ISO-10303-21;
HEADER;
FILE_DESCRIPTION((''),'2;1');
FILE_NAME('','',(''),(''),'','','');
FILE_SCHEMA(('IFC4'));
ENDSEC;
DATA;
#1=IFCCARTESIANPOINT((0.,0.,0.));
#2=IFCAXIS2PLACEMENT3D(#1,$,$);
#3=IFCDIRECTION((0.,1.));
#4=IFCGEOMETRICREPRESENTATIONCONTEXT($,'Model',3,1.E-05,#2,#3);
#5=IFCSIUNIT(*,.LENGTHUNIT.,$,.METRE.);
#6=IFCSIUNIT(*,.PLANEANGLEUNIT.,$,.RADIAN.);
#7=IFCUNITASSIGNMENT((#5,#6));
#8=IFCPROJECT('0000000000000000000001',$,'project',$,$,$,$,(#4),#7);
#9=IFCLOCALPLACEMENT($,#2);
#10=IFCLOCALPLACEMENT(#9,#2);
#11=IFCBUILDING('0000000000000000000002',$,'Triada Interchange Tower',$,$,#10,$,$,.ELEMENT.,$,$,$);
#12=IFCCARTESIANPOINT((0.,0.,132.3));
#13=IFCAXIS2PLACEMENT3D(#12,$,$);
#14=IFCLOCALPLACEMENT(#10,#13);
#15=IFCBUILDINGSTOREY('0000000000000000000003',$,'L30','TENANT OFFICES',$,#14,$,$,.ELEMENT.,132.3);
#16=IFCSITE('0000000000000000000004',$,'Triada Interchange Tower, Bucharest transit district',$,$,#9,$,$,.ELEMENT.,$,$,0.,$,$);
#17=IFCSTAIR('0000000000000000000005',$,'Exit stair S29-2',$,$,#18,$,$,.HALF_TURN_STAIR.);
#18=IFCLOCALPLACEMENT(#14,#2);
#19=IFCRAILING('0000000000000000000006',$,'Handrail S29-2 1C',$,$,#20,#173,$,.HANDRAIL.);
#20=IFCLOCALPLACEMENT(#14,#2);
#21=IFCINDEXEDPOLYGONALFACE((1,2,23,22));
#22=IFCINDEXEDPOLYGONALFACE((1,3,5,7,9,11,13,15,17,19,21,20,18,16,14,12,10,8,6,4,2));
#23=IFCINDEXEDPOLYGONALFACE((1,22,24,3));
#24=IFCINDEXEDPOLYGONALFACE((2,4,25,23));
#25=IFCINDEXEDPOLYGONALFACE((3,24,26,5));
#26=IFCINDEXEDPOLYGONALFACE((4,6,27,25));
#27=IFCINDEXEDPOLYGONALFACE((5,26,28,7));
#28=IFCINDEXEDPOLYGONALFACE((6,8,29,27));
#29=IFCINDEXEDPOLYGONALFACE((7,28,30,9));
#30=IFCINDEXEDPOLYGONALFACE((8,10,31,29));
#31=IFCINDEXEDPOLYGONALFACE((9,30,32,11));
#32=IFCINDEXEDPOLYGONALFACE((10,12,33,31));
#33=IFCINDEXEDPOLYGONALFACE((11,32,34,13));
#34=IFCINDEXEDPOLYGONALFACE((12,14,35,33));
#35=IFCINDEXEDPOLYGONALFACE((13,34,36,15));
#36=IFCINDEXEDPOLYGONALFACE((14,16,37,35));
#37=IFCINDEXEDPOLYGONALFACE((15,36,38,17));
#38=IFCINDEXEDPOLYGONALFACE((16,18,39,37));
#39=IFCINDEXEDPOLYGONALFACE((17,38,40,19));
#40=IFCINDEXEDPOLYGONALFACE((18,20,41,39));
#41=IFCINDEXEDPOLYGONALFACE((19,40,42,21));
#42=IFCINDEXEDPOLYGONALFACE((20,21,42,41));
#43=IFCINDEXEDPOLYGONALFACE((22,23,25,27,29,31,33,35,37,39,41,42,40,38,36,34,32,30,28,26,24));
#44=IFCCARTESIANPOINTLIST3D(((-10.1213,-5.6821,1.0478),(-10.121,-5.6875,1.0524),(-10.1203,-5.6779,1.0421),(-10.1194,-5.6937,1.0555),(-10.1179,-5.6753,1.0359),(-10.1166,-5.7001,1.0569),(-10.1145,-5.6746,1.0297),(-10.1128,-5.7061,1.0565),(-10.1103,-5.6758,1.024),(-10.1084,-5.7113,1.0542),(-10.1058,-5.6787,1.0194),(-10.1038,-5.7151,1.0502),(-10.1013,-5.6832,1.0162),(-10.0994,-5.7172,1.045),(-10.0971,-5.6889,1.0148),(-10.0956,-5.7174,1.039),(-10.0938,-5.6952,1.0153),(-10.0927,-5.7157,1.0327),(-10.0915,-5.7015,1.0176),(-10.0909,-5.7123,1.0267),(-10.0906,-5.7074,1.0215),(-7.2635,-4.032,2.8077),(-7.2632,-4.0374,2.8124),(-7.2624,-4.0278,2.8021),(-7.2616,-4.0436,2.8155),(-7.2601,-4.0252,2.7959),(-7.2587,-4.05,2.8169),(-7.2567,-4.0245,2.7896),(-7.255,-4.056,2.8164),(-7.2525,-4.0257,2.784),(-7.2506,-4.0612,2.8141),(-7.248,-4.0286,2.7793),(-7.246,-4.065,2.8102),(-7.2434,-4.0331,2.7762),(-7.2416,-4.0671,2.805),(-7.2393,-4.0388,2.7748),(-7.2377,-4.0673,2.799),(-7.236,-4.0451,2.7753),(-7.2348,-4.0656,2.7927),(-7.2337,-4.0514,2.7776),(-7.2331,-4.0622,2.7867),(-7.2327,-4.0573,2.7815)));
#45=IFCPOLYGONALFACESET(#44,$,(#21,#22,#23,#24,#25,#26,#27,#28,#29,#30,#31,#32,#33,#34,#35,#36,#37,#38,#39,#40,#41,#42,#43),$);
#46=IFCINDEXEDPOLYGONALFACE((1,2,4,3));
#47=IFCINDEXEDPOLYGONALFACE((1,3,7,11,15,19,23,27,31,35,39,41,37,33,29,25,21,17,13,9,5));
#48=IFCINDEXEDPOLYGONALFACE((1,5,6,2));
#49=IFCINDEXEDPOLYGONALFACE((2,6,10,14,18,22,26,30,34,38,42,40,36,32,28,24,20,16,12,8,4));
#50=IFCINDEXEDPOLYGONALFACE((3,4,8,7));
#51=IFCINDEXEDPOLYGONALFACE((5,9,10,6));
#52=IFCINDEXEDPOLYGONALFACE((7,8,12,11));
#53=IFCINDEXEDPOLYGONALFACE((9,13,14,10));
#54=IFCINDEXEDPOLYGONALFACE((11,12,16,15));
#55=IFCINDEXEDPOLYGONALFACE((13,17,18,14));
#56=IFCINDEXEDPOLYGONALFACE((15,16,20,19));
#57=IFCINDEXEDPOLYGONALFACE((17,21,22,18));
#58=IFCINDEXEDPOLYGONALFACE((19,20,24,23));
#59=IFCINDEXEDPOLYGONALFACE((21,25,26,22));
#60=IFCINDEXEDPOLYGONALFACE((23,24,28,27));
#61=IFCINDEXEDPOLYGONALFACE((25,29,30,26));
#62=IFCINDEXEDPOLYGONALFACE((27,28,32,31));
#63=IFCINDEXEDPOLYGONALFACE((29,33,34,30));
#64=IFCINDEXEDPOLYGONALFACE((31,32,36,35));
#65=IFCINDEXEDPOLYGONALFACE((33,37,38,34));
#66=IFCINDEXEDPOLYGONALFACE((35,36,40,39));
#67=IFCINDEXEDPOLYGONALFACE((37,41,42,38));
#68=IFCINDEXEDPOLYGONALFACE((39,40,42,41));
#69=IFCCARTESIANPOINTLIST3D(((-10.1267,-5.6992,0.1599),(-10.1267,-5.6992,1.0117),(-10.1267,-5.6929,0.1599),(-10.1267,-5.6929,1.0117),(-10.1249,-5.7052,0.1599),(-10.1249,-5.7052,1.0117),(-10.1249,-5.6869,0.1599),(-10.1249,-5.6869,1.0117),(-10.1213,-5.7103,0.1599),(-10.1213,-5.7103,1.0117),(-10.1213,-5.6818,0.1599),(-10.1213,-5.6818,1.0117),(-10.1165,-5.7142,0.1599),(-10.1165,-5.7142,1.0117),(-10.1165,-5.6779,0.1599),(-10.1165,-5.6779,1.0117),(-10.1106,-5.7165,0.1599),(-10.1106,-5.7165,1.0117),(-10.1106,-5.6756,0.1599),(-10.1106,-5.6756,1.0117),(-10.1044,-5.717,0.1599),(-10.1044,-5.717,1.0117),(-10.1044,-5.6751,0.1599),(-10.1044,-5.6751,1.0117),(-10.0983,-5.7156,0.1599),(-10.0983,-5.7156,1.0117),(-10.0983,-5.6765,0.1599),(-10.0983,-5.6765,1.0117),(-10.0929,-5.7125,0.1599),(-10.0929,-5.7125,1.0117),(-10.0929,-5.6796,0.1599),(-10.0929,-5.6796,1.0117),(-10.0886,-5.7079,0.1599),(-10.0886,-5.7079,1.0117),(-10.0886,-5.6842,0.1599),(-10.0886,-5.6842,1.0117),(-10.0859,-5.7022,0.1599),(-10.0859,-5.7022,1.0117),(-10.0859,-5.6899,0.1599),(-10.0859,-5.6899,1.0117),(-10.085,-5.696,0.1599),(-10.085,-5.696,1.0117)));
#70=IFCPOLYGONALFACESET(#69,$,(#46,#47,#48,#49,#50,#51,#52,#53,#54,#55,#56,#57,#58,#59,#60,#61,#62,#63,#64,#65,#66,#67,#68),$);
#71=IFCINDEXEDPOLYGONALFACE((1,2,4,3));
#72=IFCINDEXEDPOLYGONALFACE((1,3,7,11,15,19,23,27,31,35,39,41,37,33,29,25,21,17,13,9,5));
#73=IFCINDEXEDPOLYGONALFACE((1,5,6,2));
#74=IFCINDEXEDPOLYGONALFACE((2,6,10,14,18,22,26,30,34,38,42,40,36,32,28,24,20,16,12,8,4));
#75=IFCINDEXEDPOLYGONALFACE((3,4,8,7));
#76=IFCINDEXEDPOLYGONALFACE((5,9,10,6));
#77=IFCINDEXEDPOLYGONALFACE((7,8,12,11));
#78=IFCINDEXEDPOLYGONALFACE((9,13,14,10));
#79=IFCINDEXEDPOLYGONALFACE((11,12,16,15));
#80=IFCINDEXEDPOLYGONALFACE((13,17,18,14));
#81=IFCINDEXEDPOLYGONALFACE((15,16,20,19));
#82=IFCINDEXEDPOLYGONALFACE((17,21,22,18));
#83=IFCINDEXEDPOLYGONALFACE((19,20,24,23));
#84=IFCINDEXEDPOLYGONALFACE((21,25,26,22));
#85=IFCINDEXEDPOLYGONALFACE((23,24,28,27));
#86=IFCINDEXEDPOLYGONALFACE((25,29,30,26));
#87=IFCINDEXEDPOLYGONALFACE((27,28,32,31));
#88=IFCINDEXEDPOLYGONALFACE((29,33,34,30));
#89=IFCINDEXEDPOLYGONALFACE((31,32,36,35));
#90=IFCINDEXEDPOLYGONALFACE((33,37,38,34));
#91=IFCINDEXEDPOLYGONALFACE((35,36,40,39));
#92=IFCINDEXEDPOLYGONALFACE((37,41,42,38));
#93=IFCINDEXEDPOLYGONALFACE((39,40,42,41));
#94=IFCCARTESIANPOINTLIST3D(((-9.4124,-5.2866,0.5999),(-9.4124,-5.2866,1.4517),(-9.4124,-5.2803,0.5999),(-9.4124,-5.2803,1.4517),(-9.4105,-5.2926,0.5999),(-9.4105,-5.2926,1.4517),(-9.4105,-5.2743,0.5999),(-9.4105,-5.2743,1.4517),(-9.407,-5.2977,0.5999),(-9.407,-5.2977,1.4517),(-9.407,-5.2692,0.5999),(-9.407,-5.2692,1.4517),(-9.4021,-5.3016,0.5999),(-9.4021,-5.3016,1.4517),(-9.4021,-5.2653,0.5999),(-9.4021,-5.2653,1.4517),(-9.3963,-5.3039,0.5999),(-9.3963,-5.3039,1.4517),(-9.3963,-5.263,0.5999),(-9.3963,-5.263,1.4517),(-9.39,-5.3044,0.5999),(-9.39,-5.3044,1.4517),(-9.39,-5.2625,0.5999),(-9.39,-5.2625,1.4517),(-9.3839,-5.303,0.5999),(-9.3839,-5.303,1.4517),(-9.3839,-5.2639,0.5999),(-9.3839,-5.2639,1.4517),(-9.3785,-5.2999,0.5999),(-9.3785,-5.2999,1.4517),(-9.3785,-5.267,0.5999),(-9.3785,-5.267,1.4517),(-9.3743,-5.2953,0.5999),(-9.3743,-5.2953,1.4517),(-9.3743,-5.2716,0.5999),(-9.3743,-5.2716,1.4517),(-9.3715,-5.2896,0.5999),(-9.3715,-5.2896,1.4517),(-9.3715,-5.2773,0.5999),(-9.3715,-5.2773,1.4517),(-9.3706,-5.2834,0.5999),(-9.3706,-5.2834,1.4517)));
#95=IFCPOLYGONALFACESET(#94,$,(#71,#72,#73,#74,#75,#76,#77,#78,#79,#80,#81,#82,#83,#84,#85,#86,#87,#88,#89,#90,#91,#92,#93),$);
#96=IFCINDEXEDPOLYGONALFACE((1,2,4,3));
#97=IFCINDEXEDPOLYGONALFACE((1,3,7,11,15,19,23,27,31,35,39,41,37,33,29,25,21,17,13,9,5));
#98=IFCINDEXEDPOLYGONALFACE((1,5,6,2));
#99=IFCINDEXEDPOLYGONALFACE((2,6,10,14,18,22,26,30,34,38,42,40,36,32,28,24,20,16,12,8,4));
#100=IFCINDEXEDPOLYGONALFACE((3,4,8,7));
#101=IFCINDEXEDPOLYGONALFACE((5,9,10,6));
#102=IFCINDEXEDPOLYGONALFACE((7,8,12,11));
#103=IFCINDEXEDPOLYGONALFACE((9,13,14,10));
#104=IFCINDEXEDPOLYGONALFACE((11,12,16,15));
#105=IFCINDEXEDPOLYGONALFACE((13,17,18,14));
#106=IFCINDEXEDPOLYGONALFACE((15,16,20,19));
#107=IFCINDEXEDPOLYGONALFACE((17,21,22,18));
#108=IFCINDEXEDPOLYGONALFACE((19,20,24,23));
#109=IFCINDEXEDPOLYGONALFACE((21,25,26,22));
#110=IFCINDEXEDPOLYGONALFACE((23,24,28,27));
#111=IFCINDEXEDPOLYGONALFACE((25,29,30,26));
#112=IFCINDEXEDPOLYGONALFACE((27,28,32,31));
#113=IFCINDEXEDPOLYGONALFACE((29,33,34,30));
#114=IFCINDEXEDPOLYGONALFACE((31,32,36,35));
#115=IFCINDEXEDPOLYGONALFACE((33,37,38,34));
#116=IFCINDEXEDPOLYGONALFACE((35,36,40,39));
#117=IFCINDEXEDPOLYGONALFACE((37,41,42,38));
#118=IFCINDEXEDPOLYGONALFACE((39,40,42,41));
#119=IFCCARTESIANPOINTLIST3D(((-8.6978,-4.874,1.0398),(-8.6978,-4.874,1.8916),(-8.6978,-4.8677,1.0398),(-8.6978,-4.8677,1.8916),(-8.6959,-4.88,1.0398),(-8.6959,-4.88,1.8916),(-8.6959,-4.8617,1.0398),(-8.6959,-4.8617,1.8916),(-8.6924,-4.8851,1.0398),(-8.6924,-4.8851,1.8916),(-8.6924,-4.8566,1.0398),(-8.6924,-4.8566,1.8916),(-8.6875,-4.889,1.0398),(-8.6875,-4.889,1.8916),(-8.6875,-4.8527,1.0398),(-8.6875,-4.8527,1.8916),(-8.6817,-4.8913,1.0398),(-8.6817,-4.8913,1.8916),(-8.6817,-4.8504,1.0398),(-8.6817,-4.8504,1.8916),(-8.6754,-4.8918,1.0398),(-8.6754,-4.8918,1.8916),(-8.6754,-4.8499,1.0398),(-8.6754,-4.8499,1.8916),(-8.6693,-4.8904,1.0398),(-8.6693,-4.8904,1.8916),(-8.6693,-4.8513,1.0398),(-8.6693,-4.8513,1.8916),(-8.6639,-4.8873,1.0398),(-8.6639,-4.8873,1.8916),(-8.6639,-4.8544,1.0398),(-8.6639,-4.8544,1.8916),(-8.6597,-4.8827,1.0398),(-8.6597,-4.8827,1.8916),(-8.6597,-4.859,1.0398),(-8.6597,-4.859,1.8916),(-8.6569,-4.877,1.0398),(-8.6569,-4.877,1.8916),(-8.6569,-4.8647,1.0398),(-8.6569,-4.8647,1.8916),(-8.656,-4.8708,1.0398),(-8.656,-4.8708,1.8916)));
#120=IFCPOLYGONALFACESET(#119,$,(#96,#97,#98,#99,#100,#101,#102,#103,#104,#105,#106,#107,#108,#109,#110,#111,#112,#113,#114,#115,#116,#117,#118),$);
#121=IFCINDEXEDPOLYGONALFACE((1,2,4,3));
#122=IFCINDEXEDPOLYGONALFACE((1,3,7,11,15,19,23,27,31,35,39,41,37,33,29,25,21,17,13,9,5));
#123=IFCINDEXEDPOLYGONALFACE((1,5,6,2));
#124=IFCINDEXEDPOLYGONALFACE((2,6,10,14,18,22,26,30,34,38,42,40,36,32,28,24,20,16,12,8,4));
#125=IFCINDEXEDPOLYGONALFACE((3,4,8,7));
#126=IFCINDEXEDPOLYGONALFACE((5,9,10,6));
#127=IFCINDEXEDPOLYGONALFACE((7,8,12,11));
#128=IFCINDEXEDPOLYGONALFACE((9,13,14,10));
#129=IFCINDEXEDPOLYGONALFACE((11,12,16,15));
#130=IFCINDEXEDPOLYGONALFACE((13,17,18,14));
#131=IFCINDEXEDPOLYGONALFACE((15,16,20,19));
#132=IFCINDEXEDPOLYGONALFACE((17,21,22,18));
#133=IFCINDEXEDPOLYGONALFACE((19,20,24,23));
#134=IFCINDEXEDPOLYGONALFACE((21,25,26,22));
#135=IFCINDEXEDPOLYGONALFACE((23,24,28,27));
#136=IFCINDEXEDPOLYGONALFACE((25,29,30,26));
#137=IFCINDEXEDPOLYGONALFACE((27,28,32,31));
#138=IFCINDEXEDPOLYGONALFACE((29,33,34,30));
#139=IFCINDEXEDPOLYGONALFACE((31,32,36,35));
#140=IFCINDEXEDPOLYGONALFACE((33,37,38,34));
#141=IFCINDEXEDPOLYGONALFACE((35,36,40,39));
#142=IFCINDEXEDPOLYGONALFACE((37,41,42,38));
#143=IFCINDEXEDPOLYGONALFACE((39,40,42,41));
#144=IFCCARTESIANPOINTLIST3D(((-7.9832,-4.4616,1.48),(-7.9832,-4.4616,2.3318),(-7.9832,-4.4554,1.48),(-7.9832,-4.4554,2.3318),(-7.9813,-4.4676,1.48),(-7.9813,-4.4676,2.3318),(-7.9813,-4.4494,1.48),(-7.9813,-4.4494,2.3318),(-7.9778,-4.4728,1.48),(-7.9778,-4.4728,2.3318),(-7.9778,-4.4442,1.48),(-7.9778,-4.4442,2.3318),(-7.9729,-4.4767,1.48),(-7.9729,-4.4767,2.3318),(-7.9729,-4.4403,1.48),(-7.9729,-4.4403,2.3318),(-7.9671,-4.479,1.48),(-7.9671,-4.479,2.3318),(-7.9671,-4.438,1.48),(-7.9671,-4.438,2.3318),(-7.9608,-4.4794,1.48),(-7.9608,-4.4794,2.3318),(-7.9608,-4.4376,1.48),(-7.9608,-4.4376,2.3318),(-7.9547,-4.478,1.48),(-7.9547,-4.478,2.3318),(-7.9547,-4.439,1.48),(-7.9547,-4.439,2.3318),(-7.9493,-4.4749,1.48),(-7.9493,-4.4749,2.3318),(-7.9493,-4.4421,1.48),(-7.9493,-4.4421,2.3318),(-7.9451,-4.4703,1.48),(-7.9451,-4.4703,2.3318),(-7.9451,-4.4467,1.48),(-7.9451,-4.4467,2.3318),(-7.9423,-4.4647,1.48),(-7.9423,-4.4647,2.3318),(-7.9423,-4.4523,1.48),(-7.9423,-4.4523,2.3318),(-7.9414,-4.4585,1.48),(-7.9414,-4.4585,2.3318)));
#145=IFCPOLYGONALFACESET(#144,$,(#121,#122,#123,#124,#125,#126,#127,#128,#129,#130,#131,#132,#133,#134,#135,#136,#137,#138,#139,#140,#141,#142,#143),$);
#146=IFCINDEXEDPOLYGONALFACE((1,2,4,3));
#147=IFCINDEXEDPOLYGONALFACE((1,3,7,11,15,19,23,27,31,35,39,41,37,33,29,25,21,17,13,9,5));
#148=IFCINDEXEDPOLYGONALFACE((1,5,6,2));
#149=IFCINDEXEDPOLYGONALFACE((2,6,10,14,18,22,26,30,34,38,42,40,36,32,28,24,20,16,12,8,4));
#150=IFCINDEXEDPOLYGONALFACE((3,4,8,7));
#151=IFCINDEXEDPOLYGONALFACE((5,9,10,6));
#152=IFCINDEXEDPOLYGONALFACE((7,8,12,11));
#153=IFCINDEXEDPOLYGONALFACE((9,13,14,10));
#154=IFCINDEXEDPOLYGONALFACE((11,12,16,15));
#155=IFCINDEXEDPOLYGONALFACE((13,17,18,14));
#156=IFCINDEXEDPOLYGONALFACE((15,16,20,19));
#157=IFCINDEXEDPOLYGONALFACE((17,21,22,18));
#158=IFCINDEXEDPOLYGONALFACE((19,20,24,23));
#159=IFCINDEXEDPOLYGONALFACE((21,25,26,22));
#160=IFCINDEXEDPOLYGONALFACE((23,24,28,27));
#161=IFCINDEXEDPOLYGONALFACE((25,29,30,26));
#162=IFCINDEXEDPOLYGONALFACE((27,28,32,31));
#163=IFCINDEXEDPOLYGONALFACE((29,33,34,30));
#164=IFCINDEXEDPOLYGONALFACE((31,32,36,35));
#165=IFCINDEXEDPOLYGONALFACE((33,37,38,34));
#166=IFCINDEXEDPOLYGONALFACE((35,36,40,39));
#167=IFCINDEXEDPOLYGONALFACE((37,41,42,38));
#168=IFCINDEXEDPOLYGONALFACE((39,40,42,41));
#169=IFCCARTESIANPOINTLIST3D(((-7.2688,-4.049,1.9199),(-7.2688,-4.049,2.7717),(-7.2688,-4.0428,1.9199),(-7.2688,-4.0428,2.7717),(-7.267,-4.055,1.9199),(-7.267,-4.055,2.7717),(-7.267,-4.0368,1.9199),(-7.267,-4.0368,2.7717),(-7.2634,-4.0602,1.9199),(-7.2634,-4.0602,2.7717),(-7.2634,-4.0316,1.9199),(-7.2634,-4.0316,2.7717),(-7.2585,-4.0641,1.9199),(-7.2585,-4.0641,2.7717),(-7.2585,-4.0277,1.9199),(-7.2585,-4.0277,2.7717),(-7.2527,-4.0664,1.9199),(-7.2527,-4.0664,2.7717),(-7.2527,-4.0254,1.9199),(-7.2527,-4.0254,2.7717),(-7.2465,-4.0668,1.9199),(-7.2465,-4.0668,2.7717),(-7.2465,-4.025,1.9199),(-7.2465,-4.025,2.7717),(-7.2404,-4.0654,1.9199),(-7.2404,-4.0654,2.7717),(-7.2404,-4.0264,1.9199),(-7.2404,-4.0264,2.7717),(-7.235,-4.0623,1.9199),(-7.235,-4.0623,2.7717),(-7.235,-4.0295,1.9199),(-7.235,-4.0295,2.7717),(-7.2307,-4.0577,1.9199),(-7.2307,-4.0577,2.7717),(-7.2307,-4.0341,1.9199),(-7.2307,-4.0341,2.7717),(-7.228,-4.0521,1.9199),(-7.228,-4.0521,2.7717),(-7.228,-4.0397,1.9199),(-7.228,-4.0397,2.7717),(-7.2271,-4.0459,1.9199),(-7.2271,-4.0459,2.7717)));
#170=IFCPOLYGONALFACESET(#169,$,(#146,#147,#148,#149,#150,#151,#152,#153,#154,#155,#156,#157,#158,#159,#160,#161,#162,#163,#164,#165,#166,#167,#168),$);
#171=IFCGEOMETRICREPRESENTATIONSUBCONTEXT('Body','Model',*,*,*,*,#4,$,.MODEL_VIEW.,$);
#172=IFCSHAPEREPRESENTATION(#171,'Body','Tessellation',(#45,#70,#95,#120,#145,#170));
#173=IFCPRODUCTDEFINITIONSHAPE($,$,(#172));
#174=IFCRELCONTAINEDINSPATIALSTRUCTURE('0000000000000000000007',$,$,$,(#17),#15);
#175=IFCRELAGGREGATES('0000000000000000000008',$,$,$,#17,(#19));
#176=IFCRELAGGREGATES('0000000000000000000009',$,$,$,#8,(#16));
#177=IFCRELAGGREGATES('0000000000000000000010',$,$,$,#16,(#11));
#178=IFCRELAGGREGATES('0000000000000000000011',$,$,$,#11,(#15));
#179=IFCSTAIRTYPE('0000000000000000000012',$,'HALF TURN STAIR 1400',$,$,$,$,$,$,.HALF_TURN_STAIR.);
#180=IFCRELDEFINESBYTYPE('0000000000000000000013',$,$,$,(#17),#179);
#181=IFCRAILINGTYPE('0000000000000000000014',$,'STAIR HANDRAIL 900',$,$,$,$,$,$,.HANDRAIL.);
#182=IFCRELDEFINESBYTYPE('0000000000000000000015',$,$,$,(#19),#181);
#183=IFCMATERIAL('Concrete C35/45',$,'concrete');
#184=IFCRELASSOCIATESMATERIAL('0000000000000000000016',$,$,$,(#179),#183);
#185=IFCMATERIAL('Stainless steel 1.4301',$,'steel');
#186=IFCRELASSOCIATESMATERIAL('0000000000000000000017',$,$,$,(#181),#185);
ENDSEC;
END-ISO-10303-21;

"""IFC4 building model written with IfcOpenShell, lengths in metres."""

from ifc_helpers import new_model, si_unit, direction, frame, origin, origin_2d, place, context, subcontext, project, spatial, circle, extrude, material, type_object, element, aggregate, save


model = new_model("IFC4")

# Units and contexts
model_context = context("Model", 3, precision=1e-05, world=origin(), true_north=direction((0.0, 1.0)))
body_context = subcontext(model_context, "Body", "Model", "MODEL_VIEW")
ifc_project = project(units=[si_unit("LENGTHUNIT", "METRE"), si_unit("PLANEANGLEUNIT", "RADIAN")], contexts=[model_context])

# Site, building, storey
site_placement = place(None, origin())
site = spatial("IfcSite", under=ifc_project, at=site_placement, Name="Triada Interchange Tower, Bucharest transit district", CompositionType="ELEMENT", RefElevation=0.0)
building_placement = place(site_placement, origin())
building = spatial("IfcBuilding", under=site, at=building_placement, Name="Triada Interchange Tower", CompositionType="ELEMENT")
storey_placement = place(building_placement, frame((0.0, 0.0, 132.3)))
storey = spatial("IfcBuildingStorey", under=building, at=storey_placement, Name="L30", Description="TENANT OFFICES", CompositionType="ELEMENT", Elevation=132.3)

# Stair, railing
ifc_material_1 = material(Name="Concrete C35/45", Category="concrete")
stair_type = type_object("IfcStairType", Name="HALF TURN STAIR 1400", PredefinedType="HALF_TURN_STAIR", material=ifc_material_1)
stair_placement = place(storey_placement, origin())
stair = element("IfcStair", 1, at=stair_placement, inside=storey, type_object=stair_type, Name="Exit stair S29-2", PredefinedType="HALF_TURN_STAIR")
ifc_material_2 = material(Name="Stainless steel 1.4301", Category="steel")
railing_type = type_object("IfcRailingType", Name="STAIR HANDRAIL 900", PredefinedType="HANDRAIL", material=ifc_material_2)
railing_1_placement = place(storey_placement, frame((-10.106, -5.696, 0.1599)))
railing_1 = element("IfcRailing", 2, at=railing_1_placement, type_object=railing_type, Name="Handrail S29-2 1C", PredefinedType="HANDRAIL", context=body_context, shape_type="SweptSolid", body=[
    extrude(circle(Radius=0.0239, at=origin_2d()), frame((0.0, 0.0, 0.876), z_axis=(0.764129, 0.441205, 0.47058), x_axis=(-0.50003, 0.866008, 0.0)), (0.0, 0.0, 1.0), 3.74),
    extrude(circle(Radius=0.021, at=origin_2d()), origin(), (0.0, 0.0, 1.0), 0.8518),
    extrude(circle(Radius=0.021, at=origin_2d()), frame((0.7144, 0.4126, 0.4399)), (0.0, 0.0, 1.0), 0.8518),
    extrude(circle(Radius=0.021, at=origin_2d()), frame((1.429, 0.8252, 0.8799)), (0.0, 0.0, 1.0), 0.8518),
    extrude(circle(Radius=0.021, at=origin_2d()), frame((2.1436, 1.2375, 1.3201)), (0.0, 0.0, 1.0), 0.8518),
    extrude(circle(Radius=0.021, at=origin_2d()), frame((2.8579, 1.6501, 1.76)), (0.0, 0.0, 1.0), 0.8518),
])
aggregate(stair, [railing_1])

save(model, "model.ifc")
